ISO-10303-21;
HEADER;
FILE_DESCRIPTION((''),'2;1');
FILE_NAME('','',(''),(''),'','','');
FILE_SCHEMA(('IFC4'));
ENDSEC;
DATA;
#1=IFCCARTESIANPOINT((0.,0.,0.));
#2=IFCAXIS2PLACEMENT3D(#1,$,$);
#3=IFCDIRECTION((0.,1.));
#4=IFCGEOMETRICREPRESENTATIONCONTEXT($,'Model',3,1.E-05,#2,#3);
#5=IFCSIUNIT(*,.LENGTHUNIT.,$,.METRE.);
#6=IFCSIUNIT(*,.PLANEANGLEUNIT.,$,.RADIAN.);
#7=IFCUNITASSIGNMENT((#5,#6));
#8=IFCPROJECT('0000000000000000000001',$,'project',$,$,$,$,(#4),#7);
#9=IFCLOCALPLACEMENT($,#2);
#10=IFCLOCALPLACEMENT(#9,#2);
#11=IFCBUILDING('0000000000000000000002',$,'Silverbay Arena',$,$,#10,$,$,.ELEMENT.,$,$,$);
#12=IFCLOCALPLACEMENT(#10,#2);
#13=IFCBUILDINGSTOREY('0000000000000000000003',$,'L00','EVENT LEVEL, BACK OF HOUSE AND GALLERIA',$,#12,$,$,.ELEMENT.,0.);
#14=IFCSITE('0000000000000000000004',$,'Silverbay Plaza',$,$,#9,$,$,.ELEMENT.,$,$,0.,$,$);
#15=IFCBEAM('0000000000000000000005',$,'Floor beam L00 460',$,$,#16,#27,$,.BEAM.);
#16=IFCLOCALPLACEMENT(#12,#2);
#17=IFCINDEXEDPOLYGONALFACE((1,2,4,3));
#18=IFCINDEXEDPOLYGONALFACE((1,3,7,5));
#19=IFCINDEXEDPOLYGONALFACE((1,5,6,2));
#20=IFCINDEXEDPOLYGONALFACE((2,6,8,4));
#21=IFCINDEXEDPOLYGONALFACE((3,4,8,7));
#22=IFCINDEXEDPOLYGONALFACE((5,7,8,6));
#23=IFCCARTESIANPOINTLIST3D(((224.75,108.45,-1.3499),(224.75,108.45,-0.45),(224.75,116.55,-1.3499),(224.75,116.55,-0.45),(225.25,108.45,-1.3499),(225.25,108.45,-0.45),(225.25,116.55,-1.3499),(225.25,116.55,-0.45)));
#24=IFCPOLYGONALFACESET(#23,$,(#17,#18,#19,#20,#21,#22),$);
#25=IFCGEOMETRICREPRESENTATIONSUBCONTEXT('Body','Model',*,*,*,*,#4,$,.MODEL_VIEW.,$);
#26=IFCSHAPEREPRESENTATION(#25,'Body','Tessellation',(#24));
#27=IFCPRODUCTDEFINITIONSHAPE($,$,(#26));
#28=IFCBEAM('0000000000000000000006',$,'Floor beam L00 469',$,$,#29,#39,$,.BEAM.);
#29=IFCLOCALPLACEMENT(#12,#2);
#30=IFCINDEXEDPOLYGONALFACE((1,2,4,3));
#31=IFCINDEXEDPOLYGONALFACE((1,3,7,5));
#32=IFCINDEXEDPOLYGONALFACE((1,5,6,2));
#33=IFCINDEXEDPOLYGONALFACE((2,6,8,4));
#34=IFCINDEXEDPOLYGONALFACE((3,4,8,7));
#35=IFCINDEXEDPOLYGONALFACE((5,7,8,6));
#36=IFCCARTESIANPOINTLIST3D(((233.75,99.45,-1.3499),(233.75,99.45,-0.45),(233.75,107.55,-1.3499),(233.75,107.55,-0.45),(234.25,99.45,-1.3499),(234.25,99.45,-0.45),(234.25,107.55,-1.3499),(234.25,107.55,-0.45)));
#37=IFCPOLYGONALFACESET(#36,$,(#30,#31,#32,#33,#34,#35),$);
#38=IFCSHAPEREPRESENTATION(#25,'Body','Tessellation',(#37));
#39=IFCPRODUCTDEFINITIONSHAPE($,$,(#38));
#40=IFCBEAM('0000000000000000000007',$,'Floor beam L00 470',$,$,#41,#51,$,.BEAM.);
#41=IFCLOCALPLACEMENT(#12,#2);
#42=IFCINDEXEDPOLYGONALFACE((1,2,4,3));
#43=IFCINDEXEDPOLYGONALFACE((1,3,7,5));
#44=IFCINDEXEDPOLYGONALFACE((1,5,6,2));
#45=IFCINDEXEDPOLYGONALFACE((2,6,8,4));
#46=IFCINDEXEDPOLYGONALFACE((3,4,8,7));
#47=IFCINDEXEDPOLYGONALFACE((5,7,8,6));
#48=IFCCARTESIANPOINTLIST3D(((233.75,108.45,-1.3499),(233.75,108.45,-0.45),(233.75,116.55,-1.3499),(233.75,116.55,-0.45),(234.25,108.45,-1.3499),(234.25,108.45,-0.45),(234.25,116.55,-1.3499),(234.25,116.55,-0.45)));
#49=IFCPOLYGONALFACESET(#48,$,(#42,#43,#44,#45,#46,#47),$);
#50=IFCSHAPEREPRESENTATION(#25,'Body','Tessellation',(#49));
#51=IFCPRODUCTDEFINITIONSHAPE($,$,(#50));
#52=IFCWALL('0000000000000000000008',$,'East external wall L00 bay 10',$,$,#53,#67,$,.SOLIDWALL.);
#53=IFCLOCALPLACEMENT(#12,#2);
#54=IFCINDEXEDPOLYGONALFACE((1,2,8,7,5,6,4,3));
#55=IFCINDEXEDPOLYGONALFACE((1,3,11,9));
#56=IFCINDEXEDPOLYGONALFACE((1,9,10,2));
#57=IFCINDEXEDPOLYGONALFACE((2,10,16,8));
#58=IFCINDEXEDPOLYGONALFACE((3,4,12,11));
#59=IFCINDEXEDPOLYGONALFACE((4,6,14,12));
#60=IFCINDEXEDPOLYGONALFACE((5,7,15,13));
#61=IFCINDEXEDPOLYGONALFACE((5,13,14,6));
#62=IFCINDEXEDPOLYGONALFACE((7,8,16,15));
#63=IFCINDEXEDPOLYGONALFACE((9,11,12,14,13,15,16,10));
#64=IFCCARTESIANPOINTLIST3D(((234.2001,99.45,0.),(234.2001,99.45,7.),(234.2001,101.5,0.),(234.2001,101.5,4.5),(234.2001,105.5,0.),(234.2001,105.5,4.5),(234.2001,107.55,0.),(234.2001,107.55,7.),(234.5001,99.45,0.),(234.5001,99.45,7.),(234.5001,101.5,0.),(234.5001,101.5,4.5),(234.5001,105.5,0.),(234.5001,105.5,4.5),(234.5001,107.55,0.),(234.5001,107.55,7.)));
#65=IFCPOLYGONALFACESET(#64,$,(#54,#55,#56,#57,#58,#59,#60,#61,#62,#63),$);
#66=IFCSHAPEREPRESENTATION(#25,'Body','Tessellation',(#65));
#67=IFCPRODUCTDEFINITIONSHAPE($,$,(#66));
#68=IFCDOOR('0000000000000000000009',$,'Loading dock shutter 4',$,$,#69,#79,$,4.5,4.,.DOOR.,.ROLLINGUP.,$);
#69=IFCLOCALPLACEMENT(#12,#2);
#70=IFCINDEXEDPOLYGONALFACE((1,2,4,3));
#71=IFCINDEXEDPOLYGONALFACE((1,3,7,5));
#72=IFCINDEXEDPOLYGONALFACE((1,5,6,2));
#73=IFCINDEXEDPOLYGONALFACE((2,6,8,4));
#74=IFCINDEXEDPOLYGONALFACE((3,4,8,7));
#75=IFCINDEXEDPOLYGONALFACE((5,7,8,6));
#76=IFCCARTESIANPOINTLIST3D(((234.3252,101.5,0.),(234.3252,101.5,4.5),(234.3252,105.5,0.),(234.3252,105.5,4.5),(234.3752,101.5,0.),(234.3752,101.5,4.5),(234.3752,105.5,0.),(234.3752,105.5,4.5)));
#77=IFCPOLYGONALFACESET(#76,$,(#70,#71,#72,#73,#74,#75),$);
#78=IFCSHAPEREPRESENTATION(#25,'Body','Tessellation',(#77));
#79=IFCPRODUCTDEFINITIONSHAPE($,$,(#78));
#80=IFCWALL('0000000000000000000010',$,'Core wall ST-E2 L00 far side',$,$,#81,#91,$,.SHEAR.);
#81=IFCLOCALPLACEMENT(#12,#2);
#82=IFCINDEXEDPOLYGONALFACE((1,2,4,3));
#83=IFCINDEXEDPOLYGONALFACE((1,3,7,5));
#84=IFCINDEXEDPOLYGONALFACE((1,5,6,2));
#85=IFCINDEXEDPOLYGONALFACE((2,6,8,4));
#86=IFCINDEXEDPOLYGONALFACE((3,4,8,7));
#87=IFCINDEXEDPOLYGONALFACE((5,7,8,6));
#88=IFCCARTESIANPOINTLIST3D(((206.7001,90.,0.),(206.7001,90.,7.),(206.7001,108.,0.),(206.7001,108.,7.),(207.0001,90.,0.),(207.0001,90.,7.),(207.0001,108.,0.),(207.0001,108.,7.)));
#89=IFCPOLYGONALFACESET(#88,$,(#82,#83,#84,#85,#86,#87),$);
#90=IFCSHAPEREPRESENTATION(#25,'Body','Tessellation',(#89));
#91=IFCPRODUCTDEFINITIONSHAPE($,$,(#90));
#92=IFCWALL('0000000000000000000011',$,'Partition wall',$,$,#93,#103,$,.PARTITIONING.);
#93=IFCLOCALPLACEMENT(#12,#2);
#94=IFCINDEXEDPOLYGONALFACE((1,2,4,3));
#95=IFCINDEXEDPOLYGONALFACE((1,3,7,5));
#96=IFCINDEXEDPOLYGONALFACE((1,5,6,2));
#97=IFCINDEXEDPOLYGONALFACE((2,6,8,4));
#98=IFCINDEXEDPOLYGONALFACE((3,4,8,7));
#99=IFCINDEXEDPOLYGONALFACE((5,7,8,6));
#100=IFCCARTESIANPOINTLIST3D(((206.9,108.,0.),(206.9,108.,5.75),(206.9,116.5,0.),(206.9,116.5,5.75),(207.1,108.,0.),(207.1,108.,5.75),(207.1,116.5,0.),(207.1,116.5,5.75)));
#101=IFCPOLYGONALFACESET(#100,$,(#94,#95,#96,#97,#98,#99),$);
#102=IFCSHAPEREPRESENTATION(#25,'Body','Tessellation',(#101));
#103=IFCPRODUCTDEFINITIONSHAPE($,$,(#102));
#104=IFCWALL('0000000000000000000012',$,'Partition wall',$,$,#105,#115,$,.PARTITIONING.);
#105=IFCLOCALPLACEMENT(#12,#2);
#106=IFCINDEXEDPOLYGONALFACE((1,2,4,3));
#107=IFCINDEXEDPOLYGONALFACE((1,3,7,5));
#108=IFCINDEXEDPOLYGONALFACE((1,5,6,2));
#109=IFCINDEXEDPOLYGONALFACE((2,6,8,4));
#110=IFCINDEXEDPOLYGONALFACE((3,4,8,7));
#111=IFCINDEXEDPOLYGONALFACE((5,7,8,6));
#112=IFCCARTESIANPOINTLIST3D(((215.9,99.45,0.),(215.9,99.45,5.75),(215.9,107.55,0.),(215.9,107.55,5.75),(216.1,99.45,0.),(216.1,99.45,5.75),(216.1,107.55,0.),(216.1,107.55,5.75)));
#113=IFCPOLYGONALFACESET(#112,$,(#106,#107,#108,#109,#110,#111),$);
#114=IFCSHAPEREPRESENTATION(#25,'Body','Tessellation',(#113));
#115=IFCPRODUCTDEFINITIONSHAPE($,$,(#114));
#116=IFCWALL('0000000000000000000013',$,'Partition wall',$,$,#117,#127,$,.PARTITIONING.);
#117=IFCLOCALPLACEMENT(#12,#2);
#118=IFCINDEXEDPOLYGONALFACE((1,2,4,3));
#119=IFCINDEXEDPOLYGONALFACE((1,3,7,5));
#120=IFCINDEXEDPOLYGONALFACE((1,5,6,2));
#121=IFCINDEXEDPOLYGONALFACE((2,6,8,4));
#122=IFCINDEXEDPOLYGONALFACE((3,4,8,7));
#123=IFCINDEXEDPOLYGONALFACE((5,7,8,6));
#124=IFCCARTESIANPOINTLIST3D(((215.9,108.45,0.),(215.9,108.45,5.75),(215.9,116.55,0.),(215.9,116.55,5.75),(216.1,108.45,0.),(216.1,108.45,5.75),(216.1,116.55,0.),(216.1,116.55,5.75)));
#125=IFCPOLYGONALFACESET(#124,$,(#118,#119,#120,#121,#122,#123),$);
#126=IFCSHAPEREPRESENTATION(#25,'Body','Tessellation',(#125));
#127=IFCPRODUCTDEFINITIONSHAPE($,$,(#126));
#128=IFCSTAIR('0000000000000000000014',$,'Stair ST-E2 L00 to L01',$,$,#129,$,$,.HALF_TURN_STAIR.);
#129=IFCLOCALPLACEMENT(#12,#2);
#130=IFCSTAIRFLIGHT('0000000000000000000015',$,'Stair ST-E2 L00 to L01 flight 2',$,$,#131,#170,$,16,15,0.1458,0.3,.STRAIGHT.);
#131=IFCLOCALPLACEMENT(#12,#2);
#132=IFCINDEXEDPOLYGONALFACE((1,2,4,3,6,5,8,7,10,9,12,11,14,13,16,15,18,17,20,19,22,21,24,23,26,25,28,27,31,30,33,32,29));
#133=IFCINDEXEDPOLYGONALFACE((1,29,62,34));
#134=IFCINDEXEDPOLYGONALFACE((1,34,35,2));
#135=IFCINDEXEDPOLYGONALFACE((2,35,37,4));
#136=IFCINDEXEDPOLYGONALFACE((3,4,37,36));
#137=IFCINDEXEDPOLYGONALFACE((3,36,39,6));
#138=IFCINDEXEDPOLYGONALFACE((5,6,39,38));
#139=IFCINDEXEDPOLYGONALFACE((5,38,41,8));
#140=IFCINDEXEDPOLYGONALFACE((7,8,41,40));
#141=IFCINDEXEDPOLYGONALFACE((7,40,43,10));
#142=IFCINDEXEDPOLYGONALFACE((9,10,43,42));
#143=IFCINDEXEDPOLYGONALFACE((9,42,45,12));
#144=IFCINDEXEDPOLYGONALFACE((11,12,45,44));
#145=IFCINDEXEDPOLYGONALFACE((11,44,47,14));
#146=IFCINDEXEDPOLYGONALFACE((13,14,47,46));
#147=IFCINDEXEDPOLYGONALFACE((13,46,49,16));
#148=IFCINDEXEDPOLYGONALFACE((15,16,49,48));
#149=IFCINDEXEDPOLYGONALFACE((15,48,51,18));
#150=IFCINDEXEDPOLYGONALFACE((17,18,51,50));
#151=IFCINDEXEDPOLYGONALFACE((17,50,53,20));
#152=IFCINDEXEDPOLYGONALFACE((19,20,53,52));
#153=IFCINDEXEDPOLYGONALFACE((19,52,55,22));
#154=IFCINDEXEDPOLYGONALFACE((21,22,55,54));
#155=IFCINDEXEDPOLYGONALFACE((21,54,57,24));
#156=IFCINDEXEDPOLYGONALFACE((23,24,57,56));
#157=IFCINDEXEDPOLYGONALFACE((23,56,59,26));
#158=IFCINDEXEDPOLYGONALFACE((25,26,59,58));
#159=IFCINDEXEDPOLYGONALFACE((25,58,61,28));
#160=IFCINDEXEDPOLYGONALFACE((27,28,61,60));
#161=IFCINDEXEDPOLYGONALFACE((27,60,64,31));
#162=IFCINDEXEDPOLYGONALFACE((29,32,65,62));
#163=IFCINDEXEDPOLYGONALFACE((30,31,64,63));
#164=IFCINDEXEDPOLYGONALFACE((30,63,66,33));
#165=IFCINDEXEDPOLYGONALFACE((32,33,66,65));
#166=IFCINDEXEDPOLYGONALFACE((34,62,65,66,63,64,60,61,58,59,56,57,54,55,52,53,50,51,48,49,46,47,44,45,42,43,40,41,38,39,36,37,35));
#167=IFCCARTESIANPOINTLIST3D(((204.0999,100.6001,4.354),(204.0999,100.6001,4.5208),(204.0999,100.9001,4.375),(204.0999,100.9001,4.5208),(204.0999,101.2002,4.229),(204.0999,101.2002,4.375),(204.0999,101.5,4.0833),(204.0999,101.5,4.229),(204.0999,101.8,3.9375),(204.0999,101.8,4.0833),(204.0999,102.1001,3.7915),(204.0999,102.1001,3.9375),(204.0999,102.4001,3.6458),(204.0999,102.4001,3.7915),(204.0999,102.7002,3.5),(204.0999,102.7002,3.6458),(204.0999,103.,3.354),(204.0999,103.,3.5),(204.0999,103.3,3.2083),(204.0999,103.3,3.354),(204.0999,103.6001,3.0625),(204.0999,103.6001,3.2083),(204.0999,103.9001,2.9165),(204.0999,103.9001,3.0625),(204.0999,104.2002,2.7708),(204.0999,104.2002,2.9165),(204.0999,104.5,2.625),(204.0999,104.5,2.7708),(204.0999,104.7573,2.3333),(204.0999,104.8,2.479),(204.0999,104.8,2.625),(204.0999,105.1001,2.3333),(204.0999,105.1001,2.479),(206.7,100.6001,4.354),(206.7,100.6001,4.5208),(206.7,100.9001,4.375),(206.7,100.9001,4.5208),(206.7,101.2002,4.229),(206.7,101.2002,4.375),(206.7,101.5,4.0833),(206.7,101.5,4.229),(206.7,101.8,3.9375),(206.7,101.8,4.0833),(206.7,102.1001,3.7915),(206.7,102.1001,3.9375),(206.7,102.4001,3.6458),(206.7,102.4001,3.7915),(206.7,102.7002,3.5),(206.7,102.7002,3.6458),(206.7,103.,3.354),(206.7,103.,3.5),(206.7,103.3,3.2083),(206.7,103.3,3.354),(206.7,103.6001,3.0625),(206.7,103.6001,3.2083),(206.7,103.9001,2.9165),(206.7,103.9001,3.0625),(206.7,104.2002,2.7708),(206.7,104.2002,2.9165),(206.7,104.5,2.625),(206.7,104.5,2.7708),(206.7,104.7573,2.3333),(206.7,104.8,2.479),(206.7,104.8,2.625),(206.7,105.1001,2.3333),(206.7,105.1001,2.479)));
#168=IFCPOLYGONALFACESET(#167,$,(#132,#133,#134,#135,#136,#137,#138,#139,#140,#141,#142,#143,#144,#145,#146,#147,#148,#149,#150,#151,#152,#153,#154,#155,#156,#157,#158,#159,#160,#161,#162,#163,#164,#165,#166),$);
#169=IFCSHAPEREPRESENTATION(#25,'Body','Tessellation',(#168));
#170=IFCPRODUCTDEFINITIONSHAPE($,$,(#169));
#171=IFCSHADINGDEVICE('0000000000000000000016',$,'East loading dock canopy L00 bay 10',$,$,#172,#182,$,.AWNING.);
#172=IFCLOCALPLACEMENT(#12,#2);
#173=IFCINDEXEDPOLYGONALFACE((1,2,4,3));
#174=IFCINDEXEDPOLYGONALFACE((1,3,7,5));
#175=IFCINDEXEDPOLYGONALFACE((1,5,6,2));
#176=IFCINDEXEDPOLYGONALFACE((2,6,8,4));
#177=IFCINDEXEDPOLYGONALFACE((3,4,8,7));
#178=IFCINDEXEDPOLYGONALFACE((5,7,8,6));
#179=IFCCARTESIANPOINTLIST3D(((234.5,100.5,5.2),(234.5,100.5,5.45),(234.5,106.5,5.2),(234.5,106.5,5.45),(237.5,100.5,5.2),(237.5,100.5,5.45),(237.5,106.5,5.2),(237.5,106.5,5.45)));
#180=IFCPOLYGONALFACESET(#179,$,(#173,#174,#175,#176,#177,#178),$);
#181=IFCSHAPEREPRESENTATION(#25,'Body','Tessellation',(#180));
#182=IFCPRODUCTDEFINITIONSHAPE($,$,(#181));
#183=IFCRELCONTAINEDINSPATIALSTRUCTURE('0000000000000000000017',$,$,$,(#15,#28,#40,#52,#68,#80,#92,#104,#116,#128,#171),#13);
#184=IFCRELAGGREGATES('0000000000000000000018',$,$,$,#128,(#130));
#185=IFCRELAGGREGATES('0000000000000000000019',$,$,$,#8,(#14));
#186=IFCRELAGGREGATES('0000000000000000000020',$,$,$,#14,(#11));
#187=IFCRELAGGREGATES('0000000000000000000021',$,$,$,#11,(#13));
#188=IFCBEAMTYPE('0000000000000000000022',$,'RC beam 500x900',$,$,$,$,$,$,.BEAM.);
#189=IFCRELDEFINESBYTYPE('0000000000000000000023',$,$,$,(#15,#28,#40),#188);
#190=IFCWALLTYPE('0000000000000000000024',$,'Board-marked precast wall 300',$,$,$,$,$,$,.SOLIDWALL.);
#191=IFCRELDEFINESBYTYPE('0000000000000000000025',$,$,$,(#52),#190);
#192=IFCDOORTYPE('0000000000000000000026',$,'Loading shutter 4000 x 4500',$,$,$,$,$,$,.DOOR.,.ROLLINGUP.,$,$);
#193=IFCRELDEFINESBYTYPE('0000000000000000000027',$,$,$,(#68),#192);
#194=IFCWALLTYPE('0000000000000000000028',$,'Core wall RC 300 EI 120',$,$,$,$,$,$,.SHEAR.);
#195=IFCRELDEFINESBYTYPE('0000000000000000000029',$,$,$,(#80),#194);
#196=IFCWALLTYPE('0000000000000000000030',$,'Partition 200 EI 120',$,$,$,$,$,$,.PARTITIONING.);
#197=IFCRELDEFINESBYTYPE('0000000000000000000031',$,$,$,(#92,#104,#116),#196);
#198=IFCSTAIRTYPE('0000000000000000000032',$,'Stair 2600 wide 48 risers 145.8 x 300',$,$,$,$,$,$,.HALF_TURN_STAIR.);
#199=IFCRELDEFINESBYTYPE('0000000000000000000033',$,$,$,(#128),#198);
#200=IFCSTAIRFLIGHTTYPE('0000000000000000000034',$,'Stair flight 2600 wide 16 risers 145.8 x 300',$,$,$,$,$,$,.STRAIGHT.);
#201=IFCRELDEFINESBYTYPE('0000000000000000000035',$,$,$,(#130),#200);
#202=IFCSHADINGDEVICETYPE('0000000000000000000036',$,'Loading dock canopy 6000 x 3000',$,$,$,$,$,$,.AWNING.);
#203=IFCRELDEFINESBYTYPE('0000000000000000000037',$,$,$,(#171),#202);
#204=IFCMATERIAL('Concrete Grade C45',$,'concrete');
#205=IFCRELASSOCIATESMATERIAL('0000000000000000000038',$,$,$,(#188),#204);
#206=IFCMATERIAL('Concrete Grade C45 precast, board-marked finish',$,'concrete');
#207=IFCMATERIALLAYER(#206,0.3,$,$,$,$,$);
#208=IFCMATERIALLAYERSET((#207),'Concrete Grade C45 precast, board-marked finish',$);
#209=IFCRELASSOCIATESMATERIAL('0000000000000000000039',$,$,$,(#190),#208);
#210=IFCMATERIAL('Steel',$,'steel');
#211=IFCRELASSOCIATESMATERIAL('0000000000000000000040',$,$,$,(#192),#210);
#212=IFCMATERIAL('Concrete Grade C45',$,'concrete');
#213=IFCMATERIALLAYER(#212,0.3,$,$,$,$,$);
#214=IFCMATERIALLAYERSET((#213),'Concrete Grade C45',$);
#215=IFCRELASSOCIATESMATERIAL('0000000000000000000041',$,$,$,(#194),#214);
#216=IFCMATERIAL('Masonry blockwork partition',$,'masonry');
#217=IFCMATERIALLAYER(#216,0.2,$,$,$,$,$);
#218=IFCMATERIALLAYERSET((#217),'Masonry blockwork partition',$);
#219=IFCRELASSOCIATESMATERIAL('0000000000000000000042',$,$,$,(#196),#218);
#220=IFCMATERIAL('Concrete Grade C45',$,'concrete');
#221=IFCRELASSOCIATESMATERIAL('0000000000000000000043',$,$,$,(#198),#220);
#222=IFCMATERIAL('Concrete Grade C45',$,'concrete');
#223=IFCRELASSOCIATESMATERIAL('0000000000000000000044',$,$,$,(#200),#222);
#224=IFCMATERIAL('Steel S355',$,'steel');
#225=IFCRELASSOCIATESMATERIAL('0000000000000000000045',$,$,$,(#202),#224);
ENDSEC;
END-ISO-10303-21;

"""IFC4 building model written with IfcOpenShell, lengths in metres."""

from ifc_helpers import new_model, si_unit, direction, frame, frame_2d, origin, origin_2d, place, context, subcontext, project, spatial, polyline, rectangle, outline, extrude, material, layer, layer_set, material_profile, profile_set, type_object, element, fill, aggregate, save


model = new_model("IFC4")

# Units and contexts
model_context = context("Model", 3, precision=1e-05, world=origin(), true_north=direction((0.0, 1.0)))
body_context = subcontext(model_context, "Body", "Model", "MODEL_VIEW")
ifc_project = project(units=[si_unit("LENGTHUNIT", "METRE"), si_unit("PLANEANGLEUNIT", "RADIAN")], contexts=[model_context])

# Site, building, storey
site_placement = place(None, origin())
site = spatial("IfcSite", under=ifc_project, at=site_placement, Name="Silverbay Plaza", CompositionType="ELEMENT", RefElevation=0.0)
building_placement = place(site_placement, origin())
building = spatial("IfcBuilding", under=site, at=building_placement, Name="Silverbay Arena", CompositionType="ELEMENT")
storey_placement = place(building_placement, origin())
storey = spatial("IfcBuildingStorey", under=building, at=storey_placement, Name="L00", Description="EVENT LEVEL, BACK OF HOUSE AND GALLERIA", CompositionType="ELEMENT", Elevation=0.0)

# Beams
ifc_material_1 = material(Name="Concrete Grade C45", Category="concrete")
ifc_material_profile_1 = material_profile(ifc_material_1, rectangle(XDim=0.5, YDim=0.8999, at=origin_2d()), Name="RC 500x900")
ifc_profile_set_1 = profile_set([ifc_material_profile_1], Name="Concrete Grade C45")
beam_type = type_object("IfcBeamType", Name="RC beam 500x900", PredefinedType="BEAM", material=ifc_profile_set_1)
for number, where, z_axis, x_axis, name in (
    (1, (225.0, 108.45, -0.8999), (0.0, 1.0, 0.0), (-1.0, 0.0, 0.0), "Floor beam L00 460"),
    (2, (234.0, 99.45, -0.8999), (0.0, 1.0, 0.0), (-1.0, 0.0, 0.0), "Floor beam L00 469"),
    (3, (234.0, 108.45, -0.8999), (0.0, 1.0, 0.0), (-1.0, 0.0, 0.0), "Floor beam L00 470"),
):
    element("IfcBeam", number, at=place(storey_placement, frame(where, z_axis=z_axis, x_axis=x_axis)), inside=storey, type_object=beam_type, Name=name, PredefinedType="BEAM", context=body_context, shape_type="SweptSolid", body=[
        extrude(rectangle(XDim=0.5, YDim=0.8999, at=origin_2d()), origin(), (0.0, 0.0, 1.0), 8.1001),
    ])

# Wall, opening, door
ifc_material_2 = material(Name="Concrete Grade C45 precast, board-marked finish", Category="concrete")
ifc_layer_1 = layer(ifc_material_2, 0.3)
ifc_layer_set_1 = layer_set([ifc_layer_1], Name="Concrete Grade C45 precast, board-marked finish")
wall_type_1 = type_object("IfcWallType", Name="Board-marked precast wall 300", PredefinedType="SOLIDWALL", material=ifc_layer_set_1)
wall_1_placement = place(storey_placement, frame((234.3501, 99.45, 0.0), z_axis=(0.0, 0.0, 1.0), x_axis=(0.0, 1.0, 0.0)))
wall_1 = element("IfcWall", 4, at=wall_1_placement, inside=storey, type_object=wall_type_1, Name="East external wall L00 bay 10", PredefinedType="SOLIDWALL", context=body_context, shape_type="SweptSolid", body=[
    extrude(rectangle(XDim=8.1001, YDim=0.3, at=frame_2d((4.05, 0.0))), origin(), (0.0, 0.0, 1.0), 7.0),
])
opening_1_placement = place(wall_1_placement, frame((2.05, 0.0, 0.0)))
opening_1 = element("IfcOpeningElement", 5, at=opening_1_placement, cuts=wall_1, PredefinedType="OPENING", context=body_context, shape_type="SweptSolid", body=[
    extrude(rectangle(XDim=4.0, YDim=4.5, at=frame_2d((2.0, 2.25))), frame((0.0, 0.1602, 0.0), z_axis=(0.0, -1.0, 0.0), x_axis=(1.0, 0.0, 0.0)), (0.0, 0.0, 1.0), 0.3201),
])
ifc_material_3 = material(Name="Steel", Category="steel")
door_type_1 = type_object("IfcDoorType", Name="Loading shutter 4000 x 4500", OperationType="ROLLINGUP", PredefinedType="DOOR", material=ifc_material_3)
door_1_placement = place(opening_1_placement, origin())
door_1 = element("IfcDoor", 6, at=door_1_placement, inside=storey, type_object=door_type_1, Name="Loading dock shutter 4", OperationType="ROLLINGUP", OverallHeight=4.5, OverallWidth=4.0, PredefinedType="DOOR", context=body_context, shape_type="SweptSolid", body=[
    extrude(rectangle(XDim=4.0, YDim=4.5, at=frame_2d((2.0, 2.25))), frame((0.0, 0.0249, 0.0), z_axis=(0.0, -1.0, 0.0), x_axis=(1.0, 0.0, 0.0)), (0.0, 0.0, 1.0), 0.05),
])
fill(opening_1, door_1)

# Walls
ifc_material_4 = material(Name="Concrete Grade C45", Category="concrete")
ifc_layer_2 = layer(ifc_material_4, 0.3)
ifc_layer_set_2 = layer_set([ifc_layer_2], Name="Concrete Grade C45")
wall_type_2 = type_object("IfcWallType", Name="Core wall RC 300 EI 120", PredefinedType="SHEAR", material=ifc_layer_set_2)
wall_2_placement = place(storey_placement, frame((206.8501, 108.0, 0.0), z_axis=(0.0, 0.0, 1.0), x_axis=(0.0, -1.0, 0.0)))
element("IfcWall", 7, at=wall_2_placement, inside=storey, type_object=wall_type_2, Name="Core wall ST-E2 L00 far side", PredefinedType="SHEAR", context=body_context, shape_type="SweptSolid", body=[
    extrude(rectangle(XDim=18.0, YDim=0.3, at=frame_2d((9.0, 0.0))), origin(), (0.0, 0.0, 1.0), 7.0),
])
ifc_material_5 = material(Name="Masonry blockwork partition", Category="masonry")
ifc_layer_3 = layer(ifc_material_5, 0.2)
ifc_layer_set_3 = layer_set([ifc_layer_3], Name="Masonry blockwork partition")
wall_type_3 = type_object("IfcWallType", Name="Partition 200 EI 120", PredefinedType="PARTITIONING", material=ifc_layer_set_3)
wall_3_placement = place(storey_placement, frame((207.0, 108.0, 0.0), z_axis=(0.0, 0.0, 1.0), x_axis=(0.0, 1.0, 0.0)))
element("IfcWall", 8, at=wall_3_placement, inside=storey, type_object=wall_type_3, Name="Partition wall", PredefinedType="PARTITIONING", context=body_context, shape_type="SweptSolid", body=[
    extrude(rectangle(XDim=8.5, YDim=0.2, at=frame_2d((4.25, 0.0))), origin(), (0.0, 0.0, 1.0), 5.75),
])
for number, where, z_axis, x_axis, name in (
    (9, (216.0, 99.45, 0.0), (0.0, 0.0, 1.0), (0.0, 1.0, 0.0), "Partition wall"),
    (10, (216.0, 108.45, 0.0), (0.0, 0.0, 1.0), (0.0, 1.0, 0.0), "Partition wall"),
):
    element("IfcWall", number, at=place(storey_placement, frame(where, z_axis=z_axis, x_axis=x_axis)), inside=storey, type_object=wall_type_3, Name=name, PredefinedType="PARTITIONING", context=body_context, shape_type="SweptSolid", body=[
        extrude(rectangle(XDim=8.1001, YDim=0.2, at=frame_2d((4.05, 0.0))), origin(), (0.0, 0.0, 1.0), 5.75),
    ])

# Stair, stair flight
ifc_material_6 = material(Name="Concrete Grade C45", Category="concrete")
stair_type = type_object("IfcStairType", Name="Stair 2600 wide 48 risers 145.8 x 300", PredefinedType="HALF_TURN_STAIR", material=ifc_material_6)
stair_placement = place(storey_placement, origin())
stair = element("IfcStair", 11, at=stair_placement, inside=storey, type_object=stair_type, Name="Stair ST-E2 L00 to L01", PredefinedType="HALF_TURN_STAIR")
ifc_material_7 = material(Name="Concrete Grade C45", Category="concrete")
stair_flight_type = type_object("IfcStairFlightType", Name="Stair flight 2600 wide 16 risers 145.8 x 300", PredefinedType="STRAIGHT", material=ifc_material_7)
stair_flight_placement = place(storey_placement, frame((205.3999, 105.1001, 2.3333), z_axis=(0.0, 0.0, 1.0), x_axis=(0.0, -1.0, 0.0)))
stair_flight = element("IfcStairFlight", 12, at=stair_flight_placement, type_object=stair_flight_type, Name="Stair ST-E2 L00 to L01 flight 2", NumberOfRisers=16, NumberOfTreads=15, PredefinedType="STRAIGHT", RiserHeight=0.1458, TreadLength=0.3, context=body_context, shape_type="SweptSolid", body=[
    extrude(outline(polyline([(0.0, 0.0), (0.0, 0.1458), (0.3, 0.1458), (0.3, 0.2917), (0.6001, 0.2917), (0.6001, 0.4375), (0.8999, 0.4375), (0.8999, 0.5833), (1.2, 0.5833), (1.2, 0.7292), (1.5, 0.7292), (1.5, 0.875), (1.8, 0.875), (1.8, 1.0208), (2.1001, 1.0208), (2.1001, 1.1667), (2.3999, 1.1667), (2.3999, 1.3125), (2.7, 1.3125), (2.7, 1.4583), (3.0, 1.4583), (3.0, 1.6042), (3.3, 1.6042), (3.3, 1.75), (3.6001, 1.75), (3.6001, 1.8958), (3.8999, 1.8958), (3.8999, 2.0417), (4.2, 2.0417), (4.2, 2.1875), (4.5, 2.1875), (4.5, 2.0208), (0.3428, 0.0), (0.0, 0.0)])), frame((0.0, 1.3, 0.0), z_axis=(0.0, -1.0, 0.0), x_axis=(1.0, 0.0, 0.0)), (0.0, 0.0, 1.0), 2.6001),
])
aggregate(stair, [stair_flight])

# Shading device
ifc_material_8 = material(Name="Steel S355", Category="steel")
shading_device_type = type_object("IfcShadingDeviceType", Name="Loading dock canopy 6000 x 3000", PredefinedType="AWNING", material=ifc_material_8)
shading_device_placement = place(storey_placement, frame((236.0, 103.5, 5.2), z_axis=(0.0, 0.0, 1.0), x_axis=(0.0, 1.0, 0.0)))
element("IfcShadingDevice", 13, at=shading_device_placement, inside=storey, type_object=shading_device_type, Name="East loading dock canopy L00 bay 10", PredefinedType="AWNING", context=body_context, shape_type="SweptSolid", body=[
    extrude(rectangle(XDim=6.0, YDim=3.0, at=origin_2d()), origin(), (0.0, 0.0, 1.0), 0.25),
])

save(model, "model.ifc")
